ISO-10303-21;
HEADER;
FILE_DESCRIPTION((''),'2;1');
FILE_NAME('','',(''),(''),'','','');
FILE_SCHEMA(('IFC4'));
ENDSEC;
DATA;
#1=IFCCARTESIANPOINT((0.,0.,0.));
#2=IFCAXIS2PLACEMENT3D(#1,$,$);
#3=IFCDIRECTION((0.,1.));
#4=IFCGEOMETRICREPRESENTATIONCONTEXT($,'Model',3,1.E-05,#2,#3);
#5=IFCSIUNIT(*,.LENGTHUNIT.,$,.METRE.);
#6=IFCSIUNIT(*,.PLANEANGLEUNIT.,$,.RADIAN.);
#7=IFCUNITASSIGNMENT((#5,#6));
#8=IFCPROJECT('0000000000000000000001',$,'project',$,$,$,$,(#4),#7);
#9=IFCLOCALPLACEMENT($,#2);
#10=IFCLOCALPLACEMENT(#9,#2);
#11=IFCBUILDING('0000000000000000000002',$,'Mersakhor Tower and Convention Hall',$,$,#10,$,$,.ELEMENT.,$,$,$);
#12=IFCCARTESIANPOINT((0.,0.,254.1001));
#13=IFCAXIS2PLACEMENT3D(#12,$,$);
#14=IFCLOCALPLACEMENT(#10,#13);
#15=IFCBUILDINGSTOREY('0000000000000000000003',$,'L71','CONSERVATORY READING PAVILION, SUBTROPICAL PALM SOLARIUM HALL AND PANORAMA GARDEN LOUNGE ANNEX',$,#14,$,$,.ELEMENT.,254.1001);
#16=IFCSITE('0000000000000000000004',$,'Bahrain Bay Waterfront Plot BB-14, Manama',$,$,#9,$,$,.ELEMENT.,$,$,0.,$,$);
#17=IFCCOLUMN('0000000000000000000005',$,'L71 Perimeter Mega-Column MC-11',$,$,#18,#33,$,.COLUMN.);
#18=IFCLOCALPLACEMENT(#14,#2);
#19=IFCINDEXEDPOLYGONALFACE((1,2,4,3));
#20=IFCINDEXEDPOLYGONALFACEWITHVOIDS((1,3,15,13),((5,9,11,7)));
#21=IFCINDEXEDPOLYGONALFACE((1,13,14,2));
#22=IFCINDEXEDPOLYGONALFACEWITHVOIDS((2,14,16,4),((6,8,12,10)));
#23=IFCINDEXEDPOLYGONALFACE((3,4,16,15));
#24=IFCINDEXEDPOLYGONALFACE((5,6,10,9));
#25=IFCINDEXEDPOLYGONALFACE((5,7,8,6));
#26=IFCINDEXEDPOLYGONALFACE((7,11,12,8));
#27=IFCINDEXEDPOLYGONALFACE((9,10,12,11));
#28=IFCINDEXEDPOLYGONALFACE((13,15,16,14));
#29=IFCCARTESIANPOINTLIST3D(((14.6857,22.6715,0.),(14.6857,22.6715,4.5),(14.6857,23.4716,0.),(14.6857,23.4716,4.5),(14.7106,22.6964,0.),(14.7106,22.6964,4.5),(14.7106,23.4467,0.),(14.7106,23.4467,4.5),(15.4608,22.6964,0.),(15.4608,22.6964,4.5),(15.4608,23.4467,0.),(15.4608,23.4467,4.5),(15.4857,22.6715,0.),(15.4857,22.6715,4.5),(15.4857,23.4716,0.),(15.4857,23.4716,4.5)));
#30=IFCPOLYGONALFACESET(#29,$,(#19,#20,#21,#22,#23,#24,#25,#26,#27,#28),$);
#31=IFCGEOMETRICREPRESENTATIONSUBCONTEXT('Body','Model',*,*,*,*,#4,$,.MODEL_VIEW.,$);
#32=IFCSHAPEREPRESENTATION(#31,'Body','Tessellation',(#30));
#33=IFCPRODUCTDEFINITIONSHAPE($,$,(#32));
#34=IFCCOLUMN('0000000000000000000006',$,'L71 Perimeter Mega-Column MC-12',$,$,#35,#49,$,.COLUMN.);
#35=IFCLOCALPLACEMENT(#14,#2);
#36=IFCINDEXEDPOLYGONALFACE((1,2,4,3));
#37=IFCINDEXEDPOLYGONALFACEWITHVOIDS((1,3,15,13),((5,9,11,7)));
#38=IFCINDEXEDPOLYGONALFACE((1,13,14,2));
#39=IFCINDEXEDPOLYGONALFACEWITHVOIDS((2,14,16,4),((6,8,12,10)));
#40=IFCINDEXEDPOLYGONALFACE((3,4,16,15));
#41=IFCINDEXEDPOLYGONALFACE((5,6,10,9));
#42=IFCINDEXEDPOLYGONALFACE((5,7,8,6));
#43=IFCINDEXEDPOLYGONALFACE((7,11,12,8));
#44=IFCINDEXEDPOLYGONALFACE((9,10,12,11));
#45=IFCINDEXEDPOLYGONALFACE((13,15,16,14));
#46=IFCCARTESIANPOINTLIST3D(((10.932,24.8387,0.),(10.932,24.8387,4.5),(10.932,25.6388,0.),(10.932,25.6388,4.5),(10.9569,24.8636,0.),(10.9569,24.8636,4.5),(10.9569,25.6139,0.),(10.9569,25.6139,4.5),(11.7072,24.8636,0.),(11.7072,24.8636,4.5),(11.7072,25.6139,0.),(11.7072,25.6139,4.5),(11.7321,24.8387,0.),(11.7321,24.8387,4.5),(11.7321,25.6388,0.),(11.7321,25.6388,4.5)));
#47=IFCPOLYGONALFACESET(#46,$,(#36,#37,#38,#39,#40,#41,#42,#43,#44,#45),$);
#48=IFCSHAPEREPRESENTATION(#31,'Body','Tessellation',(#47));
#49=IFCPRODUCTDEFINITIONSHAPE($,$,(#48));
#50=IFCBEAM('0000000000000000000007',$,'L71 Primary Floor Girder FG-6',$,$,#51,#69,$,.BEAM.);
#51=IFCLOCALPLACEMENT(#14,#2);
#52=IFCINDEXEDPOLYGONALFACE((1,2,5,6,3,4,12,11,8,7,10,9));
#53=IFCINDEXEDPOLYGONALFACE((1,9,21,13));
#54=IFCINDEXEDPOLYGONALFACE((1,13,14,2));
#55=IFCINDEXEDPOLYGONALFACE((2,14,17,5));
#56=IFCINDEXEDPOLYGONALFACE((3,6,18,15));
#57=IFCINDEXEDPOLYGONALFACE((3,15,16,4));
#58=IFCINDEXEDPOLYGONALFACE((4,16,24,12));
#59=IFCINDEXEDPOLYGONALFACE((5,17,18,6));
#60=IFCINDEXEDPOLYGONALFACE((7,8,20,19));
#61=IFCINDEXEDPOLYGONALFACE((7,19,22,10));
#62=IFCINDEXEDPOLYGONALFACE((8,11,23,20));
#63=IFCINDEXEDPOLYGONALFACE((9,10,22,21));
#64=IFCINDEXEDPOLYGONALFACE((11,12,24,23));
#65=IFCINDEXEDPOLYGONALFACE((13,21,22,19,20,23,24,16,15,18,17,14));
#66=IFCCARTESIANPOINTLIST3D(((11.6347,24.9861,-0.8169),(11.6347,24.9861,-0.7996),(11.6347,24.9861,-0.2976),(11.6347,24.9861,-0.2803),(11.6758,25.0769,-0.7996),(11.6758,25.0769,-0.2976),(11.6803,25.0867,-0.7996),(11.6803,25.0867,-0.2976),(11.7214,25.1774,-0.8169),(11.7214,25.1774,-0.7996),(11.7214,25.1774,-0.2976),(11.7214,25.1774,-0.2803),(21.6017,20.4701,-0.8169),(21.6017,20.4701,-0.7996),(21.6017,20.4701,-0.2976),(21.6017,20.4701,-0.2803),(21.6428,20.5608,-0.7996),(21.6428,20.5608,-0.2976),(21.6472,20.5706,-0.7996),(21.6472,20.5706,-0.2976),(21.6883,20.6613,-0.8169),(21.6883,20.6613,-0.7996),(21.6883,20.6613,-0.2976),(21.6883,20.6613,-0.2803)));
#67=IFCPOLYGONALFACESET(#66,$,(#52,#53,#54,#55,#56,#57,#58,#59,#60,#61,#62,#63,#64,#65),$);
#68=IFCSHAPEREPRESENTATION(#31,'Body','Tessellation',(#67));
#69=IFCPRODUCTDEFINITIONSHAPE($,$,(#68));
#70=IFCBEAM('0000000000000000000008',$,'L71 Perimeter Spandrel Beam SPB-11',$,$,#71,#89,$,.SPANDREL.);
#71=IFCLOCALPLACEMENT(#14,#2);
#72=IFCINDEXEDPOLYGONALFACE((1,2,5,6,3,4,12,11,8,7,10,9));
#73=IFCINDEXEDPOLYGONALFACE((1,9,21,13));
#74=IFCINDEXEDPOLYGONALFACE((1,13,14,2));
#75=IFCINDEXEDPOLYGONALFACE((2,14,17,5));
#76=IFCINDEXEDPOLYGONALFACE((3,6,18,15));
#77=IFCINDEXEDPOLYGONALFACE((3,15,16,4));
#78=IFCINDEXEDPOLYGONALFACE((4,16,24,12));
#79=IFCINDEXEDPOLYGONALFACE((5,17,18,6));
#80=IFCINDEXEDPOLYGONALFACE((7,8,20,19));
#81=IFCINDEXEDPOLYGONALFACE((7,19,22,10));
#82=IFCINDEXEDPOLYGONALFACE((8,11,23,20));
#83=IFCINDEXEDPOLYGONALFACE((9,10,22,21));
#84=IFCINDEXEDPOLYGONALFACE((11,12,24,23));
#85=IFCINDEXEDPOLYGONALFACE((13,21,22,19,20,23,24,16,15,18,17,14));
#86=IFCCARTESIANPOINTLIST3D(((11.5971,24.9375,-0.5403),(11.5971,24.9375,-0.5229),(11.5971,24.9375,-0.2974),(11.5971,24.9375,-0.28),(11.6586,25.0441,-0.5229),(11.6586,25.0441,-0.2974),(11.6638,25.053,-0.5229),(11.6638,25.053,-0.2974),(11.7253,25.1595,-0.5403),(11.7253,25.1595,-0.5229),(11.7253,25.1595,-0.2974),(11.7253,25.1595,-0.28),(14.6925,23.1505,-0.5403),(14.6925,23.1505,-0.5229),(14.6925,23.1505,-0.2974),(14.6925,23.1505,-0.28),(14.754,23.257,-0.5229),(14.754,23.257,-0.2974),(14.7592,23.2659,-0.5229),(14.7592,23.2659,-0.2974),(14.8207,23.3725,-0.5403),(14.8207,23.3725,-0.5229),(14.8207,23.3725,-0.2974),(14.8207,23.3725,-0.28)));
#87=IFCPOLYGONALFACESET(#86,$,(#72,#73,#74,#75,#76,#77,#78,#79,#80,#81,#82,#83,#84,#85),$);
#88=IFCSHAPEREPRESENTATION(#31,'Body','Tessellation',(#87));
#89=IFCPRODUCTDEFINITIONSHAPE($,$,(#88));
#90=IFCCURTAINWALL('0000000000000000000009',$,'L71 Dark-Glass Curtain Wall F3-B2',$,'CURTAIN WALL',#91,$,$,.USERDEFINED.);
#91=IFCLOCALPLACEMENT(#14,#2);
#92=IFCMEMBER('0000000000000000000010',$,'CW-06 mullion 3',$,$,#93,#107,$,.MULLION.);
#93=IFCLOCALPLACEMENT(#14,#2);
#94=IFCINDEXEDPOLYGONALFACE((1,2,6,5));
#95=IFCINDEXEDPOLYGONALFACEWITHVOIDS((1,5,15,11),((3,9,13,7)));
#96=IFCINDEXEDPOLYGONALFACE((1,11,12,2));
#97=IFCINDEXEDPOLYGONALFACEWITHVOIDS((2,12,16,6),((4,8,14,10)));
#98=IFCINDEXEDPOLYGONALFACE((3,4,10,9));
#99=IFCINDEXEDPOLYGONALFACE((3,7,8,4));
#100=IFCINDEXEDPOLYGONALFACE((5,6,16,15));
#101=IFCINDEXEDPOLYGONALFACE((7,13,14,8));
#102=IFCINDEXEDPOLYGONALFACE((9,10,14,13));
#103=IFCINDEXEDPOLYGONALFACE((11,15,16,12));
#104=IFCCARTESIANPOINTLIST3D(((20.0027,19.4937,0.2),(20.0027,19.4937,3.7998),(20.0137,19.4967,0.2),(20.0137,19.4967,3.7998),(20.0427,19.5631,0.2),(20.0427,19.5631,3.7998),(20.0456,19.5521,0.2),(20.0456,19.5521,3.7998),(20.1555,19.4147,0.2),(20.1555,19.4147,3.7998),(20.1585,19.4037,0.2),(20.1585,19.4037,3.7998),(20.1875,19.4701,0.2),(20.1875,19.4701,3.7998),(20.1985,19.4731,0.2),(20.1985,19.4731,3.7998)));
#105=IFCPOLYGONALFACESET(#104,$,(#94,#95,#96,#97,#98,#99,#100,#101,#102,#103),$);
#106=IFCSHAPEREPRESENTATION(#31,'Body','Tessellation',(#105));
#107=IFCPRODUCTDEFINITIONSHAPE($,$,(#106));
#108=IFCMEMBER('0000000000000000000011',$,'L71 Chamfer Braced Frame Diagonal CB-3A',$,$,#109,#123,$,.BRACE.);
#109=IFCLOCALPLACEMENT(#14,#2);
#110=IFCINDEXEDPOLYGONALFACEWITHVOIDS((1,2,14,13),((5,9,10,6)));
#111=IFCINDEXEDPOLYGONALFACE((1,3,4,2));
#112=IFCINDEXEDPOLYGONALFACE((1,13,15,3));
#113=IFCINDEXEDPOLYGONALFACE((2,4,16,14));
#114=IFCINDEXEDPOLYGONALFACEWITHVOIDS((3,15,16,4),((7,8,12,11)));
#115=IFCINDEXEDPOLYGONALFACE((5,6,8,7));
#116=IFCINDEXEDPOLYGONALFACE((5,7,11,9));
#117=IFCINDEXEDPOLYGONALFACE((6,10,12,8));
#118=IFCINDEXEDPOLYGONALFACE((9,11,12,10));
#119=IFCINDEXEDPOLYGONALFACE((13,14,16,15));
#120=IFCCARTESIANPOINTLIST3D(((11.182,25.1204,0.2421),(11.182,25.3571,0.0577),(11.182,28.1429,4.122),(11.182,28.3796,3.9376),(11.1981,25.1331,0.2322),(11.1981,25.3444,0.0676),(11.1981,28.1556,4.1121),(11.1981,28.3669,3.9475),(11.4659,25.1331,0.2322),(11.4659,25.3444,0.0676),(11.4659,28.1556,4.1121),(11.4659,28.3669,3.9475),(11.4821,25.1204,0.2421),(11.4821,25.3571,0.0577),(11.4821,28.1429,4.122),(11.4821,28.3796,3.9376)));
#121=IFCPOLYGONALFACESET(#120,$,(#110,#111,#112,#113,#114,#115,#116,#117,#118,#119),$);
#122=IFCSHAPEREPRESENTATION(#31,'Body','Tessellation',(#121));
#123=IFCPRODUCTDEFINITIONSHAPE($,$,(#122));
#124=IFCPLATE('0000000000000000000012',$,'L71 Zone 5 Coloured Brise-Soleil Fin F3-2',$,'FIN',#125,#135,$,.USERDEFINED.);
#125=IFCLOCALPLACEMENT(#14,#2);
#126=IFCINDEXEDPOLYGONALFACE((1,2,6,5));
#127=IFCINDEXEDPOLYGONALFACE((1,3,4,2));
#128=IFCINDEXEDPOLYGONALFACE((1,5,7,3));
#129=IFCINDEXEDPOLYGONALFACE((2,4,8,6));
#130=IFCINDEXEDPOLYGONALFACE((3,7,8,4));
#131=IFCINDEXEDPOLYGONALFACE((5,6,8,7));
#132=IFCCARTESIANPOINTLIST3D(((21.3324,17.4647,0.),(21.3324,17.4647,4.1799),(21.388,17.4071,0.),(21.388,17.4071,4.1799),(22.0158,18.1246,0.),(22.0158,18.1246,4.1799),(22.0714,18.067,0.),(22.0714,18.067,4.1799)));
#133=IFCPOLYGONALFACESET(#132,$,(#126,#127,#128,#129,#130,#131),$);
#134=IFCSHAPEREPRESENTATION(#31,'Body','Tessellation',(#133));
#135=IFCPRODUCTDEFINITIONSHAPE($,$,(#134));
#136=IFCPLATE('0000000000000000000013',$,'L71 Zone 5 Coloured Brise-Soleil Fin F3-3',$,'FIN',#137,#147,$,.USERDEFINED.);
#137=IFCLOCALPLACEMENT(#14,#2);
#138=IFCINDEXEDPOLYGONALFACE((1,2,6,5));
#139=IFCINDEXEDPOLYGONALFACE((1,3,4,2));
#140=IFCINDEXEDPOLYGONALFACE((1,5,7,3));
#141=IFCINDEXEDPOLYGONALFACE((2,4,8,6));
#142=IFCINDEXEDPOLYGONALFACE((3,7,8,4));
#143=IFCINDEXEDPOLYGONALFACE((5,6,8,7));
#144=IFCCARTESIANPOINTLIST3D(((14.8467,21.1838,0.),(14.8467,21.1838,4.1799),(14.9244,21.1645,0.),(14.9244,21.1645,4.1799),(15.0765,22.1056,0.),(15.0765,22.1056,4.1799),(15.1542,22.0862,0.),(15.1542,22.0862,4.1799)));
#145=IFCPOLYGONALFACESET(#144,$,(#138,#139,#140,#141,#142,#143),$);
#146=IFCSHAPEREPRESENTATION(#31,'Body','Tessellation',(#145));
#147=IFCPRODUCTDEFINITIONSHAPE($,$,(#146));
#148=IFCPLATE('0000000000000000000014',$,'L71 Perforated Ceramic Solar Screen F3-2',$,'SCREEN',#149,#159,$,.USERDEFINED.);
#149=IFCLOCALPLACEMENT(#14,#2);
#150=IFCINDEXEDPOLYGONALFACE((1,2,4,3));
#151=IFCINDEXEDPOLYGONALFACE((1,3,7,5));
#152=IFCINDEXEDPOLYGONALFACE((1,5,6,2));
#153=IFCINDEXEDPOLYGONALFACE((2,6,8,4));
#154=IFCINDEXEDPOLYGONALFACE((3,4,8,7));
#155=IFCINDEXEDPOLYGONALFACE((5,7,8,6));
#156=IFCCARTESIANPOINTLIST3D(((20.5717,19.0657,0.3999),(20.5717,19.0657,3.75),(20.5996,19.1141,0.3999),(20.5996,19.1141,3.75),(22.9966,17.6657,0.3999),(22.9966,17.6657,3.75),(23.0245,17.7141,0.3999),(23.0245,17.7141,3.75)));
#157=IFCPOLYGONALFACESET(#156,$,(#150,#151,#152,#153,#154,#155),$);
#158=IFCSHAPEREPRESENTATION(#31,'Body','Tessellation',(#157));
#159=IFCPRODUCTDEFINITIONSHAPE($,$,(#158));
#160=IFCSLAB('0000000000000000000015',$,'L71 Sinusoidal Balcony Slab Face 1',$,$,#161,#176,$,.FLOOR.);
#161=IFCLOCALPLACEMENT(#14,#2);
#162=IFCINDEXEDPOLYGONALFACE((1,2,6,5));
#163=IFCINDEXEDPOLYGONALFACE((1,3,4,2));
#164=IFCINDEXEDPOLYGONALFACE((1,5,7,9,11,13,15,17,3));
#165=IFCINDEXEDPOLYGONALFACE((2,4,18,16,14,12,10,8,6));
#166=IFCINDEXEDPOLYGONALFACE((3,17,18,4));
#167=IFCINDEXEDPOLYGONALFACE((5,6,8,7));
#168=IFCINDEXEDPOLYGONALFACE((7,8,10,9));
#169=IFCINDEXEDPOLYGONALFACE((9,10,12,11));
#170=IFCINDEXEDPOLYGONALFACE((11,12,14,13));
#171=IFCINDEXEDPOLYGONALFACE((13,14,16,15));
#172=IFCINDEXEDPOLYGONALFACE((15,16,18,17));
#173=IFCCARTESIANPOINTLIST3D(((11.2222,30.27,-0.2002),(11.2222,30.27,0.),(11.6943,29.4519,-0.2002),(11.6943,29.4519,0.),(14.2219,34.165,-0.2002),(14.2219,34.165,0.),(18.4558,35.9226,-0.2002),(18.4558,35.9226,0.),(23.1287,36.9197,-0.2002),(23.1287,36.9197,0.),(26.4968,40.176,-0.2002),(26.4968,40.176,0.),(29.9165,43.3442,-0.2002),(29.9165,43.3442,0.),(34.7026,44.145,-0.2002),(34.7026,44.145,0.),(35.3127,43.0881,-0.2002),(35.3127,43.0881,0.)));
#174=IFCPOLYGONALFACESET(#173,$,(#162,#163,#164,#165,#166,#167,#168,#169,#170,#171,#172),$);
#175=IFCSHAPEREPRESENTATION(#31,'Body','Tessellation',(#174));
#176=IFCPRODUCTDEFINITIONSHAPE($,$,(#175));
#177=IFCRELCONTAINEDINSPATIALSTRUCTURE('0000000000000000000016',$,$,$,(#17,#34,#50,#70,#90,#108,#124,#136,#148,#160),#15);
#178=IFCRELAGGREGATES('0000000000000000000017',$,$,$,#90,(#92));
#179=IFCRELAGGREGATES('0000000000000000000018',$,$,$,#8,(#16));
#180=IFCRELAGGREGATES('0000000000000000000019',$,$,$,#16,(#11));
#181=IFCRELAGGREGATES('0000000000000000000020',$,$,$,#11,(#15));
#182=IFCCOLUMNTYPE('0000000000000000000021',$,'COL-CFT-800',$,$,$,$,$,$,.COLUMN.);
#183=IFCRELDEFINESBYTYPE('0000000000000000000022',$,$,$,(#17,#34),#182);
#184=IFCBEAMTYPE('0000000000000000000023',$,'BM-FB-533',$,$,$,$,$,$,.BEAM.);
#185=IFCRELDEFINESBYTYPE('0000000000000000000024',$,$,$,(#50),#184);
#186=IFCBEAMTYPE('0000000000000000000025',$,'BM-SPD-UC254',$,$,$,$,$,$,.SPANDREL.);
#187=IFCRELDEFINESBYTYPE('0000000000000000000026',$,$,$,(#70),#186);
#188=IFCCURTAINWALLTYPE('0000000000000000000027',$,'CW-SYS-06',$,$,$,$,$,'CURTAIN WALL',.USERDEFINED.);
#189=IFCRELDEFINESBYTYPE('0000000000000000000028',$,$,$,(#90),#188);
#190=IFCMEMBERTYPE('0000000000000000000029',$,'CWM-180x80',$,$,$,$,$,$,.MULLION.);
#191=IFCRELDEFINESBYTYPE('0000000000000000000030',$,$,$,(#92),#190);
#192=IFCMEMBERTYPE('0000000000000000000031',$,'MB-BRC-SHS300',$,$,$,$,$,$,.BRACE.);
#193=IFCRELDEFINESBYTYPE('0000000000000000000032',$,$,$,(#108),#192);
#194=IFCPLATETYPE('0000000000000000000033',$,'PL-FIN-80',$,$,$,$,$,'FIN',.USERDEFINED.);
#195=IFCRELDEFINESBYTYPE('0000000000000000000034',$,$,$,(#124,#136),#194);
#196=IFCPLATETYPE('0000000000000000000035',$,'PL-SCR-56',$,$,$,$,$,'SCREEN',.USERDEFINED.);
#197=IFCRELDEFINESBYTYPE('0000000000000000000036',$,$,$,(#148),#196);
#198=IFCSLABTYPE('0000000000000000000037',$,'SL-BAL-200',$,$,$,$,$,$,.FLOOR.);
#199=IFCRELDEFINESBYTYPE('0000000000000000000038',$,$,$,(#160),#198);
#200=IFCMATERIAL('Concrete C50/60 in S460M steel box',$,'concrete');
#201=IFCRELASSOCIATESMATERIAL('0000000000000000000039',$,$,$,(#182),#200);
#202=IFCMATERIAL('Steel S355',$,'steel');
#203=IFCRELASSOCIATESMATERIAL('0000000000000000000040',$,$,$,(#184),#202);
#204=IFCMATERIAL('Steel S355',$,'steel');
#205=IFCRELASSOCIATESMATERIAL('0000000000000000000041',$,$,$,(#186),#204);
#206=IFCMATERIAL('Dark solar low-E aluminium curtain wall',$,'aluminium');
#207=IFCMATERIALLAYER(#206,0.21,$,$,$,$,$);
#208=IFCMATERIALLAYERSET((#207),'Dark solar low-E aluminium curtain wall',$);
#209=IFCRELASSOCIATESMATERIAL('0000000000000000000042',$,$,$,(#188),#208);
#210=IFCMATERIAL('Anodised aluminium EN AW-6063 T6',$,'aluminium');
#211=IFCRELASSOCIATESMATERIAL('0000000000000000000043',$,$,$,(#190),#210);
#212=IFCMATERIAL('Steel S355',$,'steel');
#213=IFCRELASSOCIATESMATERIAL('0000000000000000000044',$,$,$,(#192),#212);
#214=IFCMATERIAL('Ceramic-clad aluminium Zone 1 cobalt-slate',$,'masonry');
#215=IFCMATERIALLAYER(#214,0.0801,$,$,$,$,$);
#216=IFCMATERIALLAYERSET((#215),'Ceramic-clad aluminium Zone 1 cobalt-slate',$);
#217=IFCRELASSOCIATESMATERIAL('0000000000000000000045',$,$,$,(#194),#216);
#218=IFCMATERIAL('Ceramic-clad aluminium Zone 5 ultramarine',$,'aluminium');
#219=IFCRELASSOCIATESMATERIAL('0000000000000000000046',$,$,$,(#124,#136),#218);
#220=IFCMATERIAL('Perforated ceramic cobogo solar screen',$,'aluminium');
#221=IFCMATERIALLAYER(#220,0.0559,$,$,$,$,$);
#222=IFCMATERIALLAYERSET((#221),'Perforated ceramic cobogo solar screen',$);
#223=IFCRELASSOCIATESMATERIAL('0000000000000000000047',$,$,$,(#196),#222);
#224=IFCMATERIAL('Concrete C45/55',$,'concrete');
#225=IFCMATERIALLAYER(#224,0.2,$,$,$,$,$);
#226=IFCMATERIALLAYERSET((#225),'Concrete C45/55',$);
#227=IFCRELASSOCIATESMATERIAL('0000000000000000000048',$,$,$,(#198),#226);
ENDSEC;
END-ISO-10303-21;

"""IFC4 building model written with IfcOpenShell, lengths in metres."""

from ifc_helpers import new_model, si_unit, direction, frame, origin, origin_2d, place, context, subcontext, project, spatial, polyline, rectangle, hollow_rectangle, i_section, outline, extrude, material, layer, layer_set, material_profile, profile_set, type_object, element, aggregate, save


model = new_model("IFC4")

# Units and contexts
model_context = context("Model", 3, precision=1e-05, world=origin(), true_north=direction((0.0, 1.0)))
body_context = subcontext(model_context, "Body", "Model", "MODEL_VIEW")
ifc_project = project(units=[si_unit("LENGTHUNIT", "METRE"), si_unit("PLANEANGLEUNIT", "RADIAN")], contexts=[model_context])

# Site, building, storey
site_placement = place(None, origin())
site = spatial("IfcSite", under=ifc_project, at=site_placement, Name="Bahrain Bay Waterfront Plot BB-14, Manama", CompositionType="ELEMENT", RefElevation=0.0)
building_placement = place(site_placement, origin())
building = spatial("IfcBuilding", under=site, at=building_placement, Name="Mersakhor Tower and Convention Hall", CompositionType="ELEMENT")
storey_placement = place(building_placement, frame((0.0, 0.0, 254.1001)))
storey = spatial("IfcBuildingStorey", under=building, at=storey_placement, Name="L71", Description="CONSERVATORY READING PAVILION, SUBTROPICAL PALM SOLARIUM HALL AND PANORAMA GARDEN LOUNGE ANNEX", CompositionType="ELEMENT", Elevation=254.1001)

# Columns
ifc_material_1 = material(Name="Concrete C50/60 in S460M steel box", Category="concrete")
ifc_material_profile_1 = material_profile(ifc_material_1, hollow_rectangle(XDim=0.8, YDim=0.8, WallThickness=0.0249, at=origin_2d()), Name="SHS 800x800x25")
ifc_profile_set_1 = profile_set([ifc_material_profile_1], Name="Concrete C50/60 in S460M steel box")
column_type = type_object("IfcColumnType", Name="COL-CFT-800", PredefinedType="COLUMN", material=ifc_profile_set_1)
for number, where, z_axis, x_axis, name in (
    (1, (15.0857, 23.0715, 0.0), (0.0, 0.0, 1.0), (1.0, 0.0, 0.0), "L71 Perimeter Mega-Column MC-11"),
    (2, (11.332, 25.2388, 0.0), (0.0, 0.0, 1.0), (1.0, 0.0, 0.0), "L71 Perimeter Mega-Column MC-12"),
):
    element("IfcColumn", number, at=place(storey_placement, frame(where, z_axis=z_axis, x_axis=x_axis)), inside=storey, type_object=column_type, Name=name, PredefinedType="COLUMN", context=body_context, shape_type="SweptSolid", body=[
        extrude(hollow_rectangle(XDim=0.8, YDim=0.8, WallThickness=0.0249, at=origin_2d()), origin(), (0.0, 0.0, 1.0), 4.5),
    ])

# Beams
ifc_material_2 = material(Name="Steel S355", Category="steel")
ifc_material_profile_2 = material_profile(ifc_material_2, i_section(OverallWidth=0.21, OverallDepth=0.5366, WebThickness=0.0107, FlangeThickness=0.0173, at=origin_2d()), Name="UB 533x210x101")
ifc_profile_set_2 = profile_set([ifc_material_profile_2], Name="Steel S355")
beam_type_1 = type_object("IfcBeamType", Name="BM-FB-533", PredefinedType="BEAM", material=ifc_profile_set_2)
beam_1_placement = place(storey_placement, frame((21.645, 20.5657, -0.5486), z_axis=(-0.91086, 0.412715, 0.0), x_axis=(-0.412715, -0.91086, 0.0)))
element("IfcBeam", 3, at=beam_1_placement, inside=storey, type_object=beam_type_1, Name="L71 Primary Floor Girder FG-6", PredefinedType="BEAM", context=body_context, shape_type="SweptSolid", body=[
    extrude(i_section(OverallWidth=0.21, OverallDepth=0.5366, WebThickness=0.0107, FlangeThickness=0.0173, at=origin_2d()), origin(), (0.0, 0.0, 1.0), 10.9424),
])
ifc_material_3 = material(Name="Steel S355", Category="steel")
ifc_material_profile_3 = material_profile(ifc_material_3, i_section(OverallWidth=0.2563, OverallDepth=0.2603, WebThickness=0.0103, FlangeThickness=0.0173, at=origin_2d()), Name="UC 254x254x89")
ifc_profile_set_3 = profile_set([ifc_material_profile_3], Name="Steel S355")
beam_type_2 = type_object("IfcBeamType", Name="BM-SPD-UC254", PredefinedType="SPANDREL", material=ifc_profile_set_3)
beam_2_placement = place(storey_placement, frame((14.7566, 23.2615, -0.4102), z_axis=(-0.866032, 0.499989, 0.0), x_axis=(-0.499989, -0.866032, 0.0)))
element("IfcBeam", 4, at=beam_2_placement, inside=storey, type_object=beam_type_2, Name="L71 Perimeter Spandrel Beam SPB-11", PredefinedType="SPANDREL", context=body_context, shape_type="SweptSolid", body=[
    extrude(i_section(OverallWidth=0.2563, OverallDepth=0.2603, WebThickness=0.0103, FlangeThickness=0.0173, at=origin_2d()), origin(), (0.0, 0.0, 1.0), 3.5742),
])

# Curtain wall, member
ifc_material_4 = material(Name="Dark solar low-E aluminium curtain wall", Category="aluminium")
ifc_layer_1 = layer(ifc_material_4, 0.21)
ifc_layer_set_1 = layer_set([ifc_layer_1], Name="Dark solar low-E aluminium curtain wall")
curtain_wall_type = type_object("IfcCurtainWallType", Name="CW-SYS-06", ElementType="CURTAIN WALL", PredefinedType="USERDEFINED", material=ifc_layer_set_1)
curtain_wall_placement = place(storey_placement, origin())
curtain_wall = element("IfcCurtainWall", 5, at=curtain_wall_placement, inside=storey, type_object=curtain_wall_type, Name="L71 Dark-Glass Curtain Wall F3-B2", ObjectType="CURTAIN WALL", PredefinedType="USERDEFINED")
ifc_material_5 = material(Name="Anodised aluminium EN AW-6063 T6", Category="aluminium")
ifc_material_profile_4 = material_profile(ifc_material_5, hollow_rectangle(XDim=0.0801, YDim=0.1799, WallThickness=0.0081, at=origin_2d()), Name="RHS 180x80x8")
ifc_profile_set_4 = profile_set([ifc_material_profile_4], Name="Anodised aluminium EN AW-6063 T6")
member_type_1 = type_object("IfcMemberType", Name="CWM-180x80", PredefinedType="MULLION", material=ifc_profile_set_4)
member_1_placement = place(storey_placement, frame((20.1006, 19.4834, 0.2), z_axis=(0.0, 0.0, 1.0), x_axis=(-0.500004, -0.866023, 0.0)))
member_1 = element("IfcMember", 6, at=member_1_placement, type_object=member_type_1, Name="CW-06 mullion 3", PredefinedType="MULLION", context=body_context, shape_type="SweptSolid", body=[
    extrude(hollow_rectangle(XDim=0.0801, YDim=0.1799, WallThickness=0.0081, at=origin_2d()), origin(), (0.0, 0.0, 1.0), 3.5999),
])
aggregate(curtain_wall, [member_1])

# Member
ifc_material_6 = material(Name="Steel S355", Category="steel")
ifc_material_profile_5 = material_profile(ifc_material_6, hollow_rectangle(XDim=0.3, YDim=0.3, WallThickness=0.0161, at=origin_2d()), Name="SHS 300x300x16")
ifc_profile_set_5 = profile_set([ifc_material_profile_5], Name="Steel S355")
member_type_2 = type_object("IfcMemberType", Name="MB-BRC-SHS300", PredefinedType="BRACE", material=ifc_profile_set_5)
member_2_placement = place(storey_placement, frame((11.332, 25.2388, 0.1499), z_axis=(0.0, 0.614545, 0.788882), x_axis=(-1.0, 0.0, 0.0)))
element("IfcMember", 7, at=member_2_placement, inside=storey, type_object=member_type_2, Name="L71 Chamfer Braced Frame Diagonal CB-3A", PredefinedType="BRACE", context=body_context, shape_type="SweptSolid", body=[
    extrude(hollow_rectangle(XDim=0.3, YDim=0.3, WallThickness=0.0161, at=origin_2d()), origin(), (0.0, 0.0, 1.0), 4.9182),
])

# Plates
ifc_material_7 = material(Name="Ceramic-clad aluminium Zone 5 ultramarine", Category="aluminium")
ifc_material_8 = material(Name="Ceramic-clad aluminium Zone 1 cobalt-slate", Category="masonry")
ifc_layer_2 = layer(ifc_material_8, 0.0801)
ifc_layer_set_2 = layer_set([ifc_layer_2], Name="Ceramic-clad aluminium Zone 1 cobalt-slate")
plate_type_1 = type_object("IfcPlateType", Name="PL-FIN-80", ElementType="FIN", PredefinedType="USERDEFINED", material=ifc_layer_set_2)
for number, where, z_axis, x_axis, name in (
    (8, (21.7019, 17.7659, 0.0), (0.0, 0.0, 1.0), (-0.71934, -0.694658, 0.0), "L71 Zone 5 Coloured Brise-Soleil Fin F3-2"),
    (9, (15.0005, 21.635, 0.0), (0.0, 0.0, 1.0), (-0.241922, -0.970296, 0.0), "L71 Zone 5 Coloured Brise-Soleil Fin F3-3"),
):
    element("IfcPlate", number, at=place(storey_placement, frame(where, z_axis=z_axis, x_axis=x_axis)), inside=storey, type_object=plate_type_1, material=ifc_material_7, Name=name, ObjectType="FIN", PredefinedType="USERDEFINED", context=body_context, shape_type="SweptSolid", body=[
        extrude(rectangle(XDim=0.95, YDim=0.0801, at=origin_2d()), origin(), (0.0, 0.0, 1.0), 4.1799),
    ])
ifc_material_9 = material(Name="Perforated ceramic cobogo solar screen", Category="aluminium")
ifc_layer_3 = layer(ifc_material_9, 0.0559)
ifc_layer_set_3 = layer_set([ifc_layer_3], Name="Perforated ceramic cobogo solar screen")
plate_type_2 = type_object("IfcPlateType", Name="PL-SCR-56", ElementType="SCREEN", PredefinedType="USERDEFINED", material=ifc_layer_set_3)
plate_placement = place(storey_placement, frame((21.7981, 18.3899, 0.3999), z_axis=(0.0, 0.0, 1.0), x_axis=(-0.866025, 0.5, 0.0)))
element("IfcPlate", 10, at=plate_placement, inside=storey, type_object=plate_type_2, Name="L71 Perforated Ceramic Solar Screen F3-2", ObjectType="SCREEN", PredefinedType="USERDEFINED", context=body_context, shape_type="SweptSolid", body=[
    extrude(rectangle(XDim=2.8, YDim=0.0559, at=origin_2d()), origin(), (0.0, 0.0, 1.0), 3.3501),
])

# Slab
ifc_material_10 = material(Name="Concrete C45/55", Category="concrete")
ifc_layer_4 = layer(ifc_material_10, 0.2)
ifc_layer_set_4 = layer_set([ifc_layer_4], Name="Concrete C45/55")
slab_type_1 = type_object("IfcSlabType", Name="SL-BAL-200", PredefinedType="FLOOR", material=ifc_layer_set_4)
slab_1_placement = place(storey_placement, frame((0.0, 0.0, -0.2002)))
element("IfcSlab", 11, at=slab_1_placement, inside=storey, type_object=slab_type_1, Name="L71 Sinusoidal Balcony Slab Face 1", PredefinedType="FLOOR", context=body_context, shape_type="SweptSolid", body=[
    extrude(outline(polyline([(11.6943, 29.4519), (35.3127, 43.0881), (34.7026, 44.145), (29.9165, 43.3442), (26.4968, 40.176), (23.1287, 36.9197), (18.4558, 35.9226), (14.2219, 34.165), (11.2222, 30.27), (11.6943, 29.4519)])), origin(), (0.0, 0.0, 1.0), 0.2002),
])

save(model, "model.ifc")
